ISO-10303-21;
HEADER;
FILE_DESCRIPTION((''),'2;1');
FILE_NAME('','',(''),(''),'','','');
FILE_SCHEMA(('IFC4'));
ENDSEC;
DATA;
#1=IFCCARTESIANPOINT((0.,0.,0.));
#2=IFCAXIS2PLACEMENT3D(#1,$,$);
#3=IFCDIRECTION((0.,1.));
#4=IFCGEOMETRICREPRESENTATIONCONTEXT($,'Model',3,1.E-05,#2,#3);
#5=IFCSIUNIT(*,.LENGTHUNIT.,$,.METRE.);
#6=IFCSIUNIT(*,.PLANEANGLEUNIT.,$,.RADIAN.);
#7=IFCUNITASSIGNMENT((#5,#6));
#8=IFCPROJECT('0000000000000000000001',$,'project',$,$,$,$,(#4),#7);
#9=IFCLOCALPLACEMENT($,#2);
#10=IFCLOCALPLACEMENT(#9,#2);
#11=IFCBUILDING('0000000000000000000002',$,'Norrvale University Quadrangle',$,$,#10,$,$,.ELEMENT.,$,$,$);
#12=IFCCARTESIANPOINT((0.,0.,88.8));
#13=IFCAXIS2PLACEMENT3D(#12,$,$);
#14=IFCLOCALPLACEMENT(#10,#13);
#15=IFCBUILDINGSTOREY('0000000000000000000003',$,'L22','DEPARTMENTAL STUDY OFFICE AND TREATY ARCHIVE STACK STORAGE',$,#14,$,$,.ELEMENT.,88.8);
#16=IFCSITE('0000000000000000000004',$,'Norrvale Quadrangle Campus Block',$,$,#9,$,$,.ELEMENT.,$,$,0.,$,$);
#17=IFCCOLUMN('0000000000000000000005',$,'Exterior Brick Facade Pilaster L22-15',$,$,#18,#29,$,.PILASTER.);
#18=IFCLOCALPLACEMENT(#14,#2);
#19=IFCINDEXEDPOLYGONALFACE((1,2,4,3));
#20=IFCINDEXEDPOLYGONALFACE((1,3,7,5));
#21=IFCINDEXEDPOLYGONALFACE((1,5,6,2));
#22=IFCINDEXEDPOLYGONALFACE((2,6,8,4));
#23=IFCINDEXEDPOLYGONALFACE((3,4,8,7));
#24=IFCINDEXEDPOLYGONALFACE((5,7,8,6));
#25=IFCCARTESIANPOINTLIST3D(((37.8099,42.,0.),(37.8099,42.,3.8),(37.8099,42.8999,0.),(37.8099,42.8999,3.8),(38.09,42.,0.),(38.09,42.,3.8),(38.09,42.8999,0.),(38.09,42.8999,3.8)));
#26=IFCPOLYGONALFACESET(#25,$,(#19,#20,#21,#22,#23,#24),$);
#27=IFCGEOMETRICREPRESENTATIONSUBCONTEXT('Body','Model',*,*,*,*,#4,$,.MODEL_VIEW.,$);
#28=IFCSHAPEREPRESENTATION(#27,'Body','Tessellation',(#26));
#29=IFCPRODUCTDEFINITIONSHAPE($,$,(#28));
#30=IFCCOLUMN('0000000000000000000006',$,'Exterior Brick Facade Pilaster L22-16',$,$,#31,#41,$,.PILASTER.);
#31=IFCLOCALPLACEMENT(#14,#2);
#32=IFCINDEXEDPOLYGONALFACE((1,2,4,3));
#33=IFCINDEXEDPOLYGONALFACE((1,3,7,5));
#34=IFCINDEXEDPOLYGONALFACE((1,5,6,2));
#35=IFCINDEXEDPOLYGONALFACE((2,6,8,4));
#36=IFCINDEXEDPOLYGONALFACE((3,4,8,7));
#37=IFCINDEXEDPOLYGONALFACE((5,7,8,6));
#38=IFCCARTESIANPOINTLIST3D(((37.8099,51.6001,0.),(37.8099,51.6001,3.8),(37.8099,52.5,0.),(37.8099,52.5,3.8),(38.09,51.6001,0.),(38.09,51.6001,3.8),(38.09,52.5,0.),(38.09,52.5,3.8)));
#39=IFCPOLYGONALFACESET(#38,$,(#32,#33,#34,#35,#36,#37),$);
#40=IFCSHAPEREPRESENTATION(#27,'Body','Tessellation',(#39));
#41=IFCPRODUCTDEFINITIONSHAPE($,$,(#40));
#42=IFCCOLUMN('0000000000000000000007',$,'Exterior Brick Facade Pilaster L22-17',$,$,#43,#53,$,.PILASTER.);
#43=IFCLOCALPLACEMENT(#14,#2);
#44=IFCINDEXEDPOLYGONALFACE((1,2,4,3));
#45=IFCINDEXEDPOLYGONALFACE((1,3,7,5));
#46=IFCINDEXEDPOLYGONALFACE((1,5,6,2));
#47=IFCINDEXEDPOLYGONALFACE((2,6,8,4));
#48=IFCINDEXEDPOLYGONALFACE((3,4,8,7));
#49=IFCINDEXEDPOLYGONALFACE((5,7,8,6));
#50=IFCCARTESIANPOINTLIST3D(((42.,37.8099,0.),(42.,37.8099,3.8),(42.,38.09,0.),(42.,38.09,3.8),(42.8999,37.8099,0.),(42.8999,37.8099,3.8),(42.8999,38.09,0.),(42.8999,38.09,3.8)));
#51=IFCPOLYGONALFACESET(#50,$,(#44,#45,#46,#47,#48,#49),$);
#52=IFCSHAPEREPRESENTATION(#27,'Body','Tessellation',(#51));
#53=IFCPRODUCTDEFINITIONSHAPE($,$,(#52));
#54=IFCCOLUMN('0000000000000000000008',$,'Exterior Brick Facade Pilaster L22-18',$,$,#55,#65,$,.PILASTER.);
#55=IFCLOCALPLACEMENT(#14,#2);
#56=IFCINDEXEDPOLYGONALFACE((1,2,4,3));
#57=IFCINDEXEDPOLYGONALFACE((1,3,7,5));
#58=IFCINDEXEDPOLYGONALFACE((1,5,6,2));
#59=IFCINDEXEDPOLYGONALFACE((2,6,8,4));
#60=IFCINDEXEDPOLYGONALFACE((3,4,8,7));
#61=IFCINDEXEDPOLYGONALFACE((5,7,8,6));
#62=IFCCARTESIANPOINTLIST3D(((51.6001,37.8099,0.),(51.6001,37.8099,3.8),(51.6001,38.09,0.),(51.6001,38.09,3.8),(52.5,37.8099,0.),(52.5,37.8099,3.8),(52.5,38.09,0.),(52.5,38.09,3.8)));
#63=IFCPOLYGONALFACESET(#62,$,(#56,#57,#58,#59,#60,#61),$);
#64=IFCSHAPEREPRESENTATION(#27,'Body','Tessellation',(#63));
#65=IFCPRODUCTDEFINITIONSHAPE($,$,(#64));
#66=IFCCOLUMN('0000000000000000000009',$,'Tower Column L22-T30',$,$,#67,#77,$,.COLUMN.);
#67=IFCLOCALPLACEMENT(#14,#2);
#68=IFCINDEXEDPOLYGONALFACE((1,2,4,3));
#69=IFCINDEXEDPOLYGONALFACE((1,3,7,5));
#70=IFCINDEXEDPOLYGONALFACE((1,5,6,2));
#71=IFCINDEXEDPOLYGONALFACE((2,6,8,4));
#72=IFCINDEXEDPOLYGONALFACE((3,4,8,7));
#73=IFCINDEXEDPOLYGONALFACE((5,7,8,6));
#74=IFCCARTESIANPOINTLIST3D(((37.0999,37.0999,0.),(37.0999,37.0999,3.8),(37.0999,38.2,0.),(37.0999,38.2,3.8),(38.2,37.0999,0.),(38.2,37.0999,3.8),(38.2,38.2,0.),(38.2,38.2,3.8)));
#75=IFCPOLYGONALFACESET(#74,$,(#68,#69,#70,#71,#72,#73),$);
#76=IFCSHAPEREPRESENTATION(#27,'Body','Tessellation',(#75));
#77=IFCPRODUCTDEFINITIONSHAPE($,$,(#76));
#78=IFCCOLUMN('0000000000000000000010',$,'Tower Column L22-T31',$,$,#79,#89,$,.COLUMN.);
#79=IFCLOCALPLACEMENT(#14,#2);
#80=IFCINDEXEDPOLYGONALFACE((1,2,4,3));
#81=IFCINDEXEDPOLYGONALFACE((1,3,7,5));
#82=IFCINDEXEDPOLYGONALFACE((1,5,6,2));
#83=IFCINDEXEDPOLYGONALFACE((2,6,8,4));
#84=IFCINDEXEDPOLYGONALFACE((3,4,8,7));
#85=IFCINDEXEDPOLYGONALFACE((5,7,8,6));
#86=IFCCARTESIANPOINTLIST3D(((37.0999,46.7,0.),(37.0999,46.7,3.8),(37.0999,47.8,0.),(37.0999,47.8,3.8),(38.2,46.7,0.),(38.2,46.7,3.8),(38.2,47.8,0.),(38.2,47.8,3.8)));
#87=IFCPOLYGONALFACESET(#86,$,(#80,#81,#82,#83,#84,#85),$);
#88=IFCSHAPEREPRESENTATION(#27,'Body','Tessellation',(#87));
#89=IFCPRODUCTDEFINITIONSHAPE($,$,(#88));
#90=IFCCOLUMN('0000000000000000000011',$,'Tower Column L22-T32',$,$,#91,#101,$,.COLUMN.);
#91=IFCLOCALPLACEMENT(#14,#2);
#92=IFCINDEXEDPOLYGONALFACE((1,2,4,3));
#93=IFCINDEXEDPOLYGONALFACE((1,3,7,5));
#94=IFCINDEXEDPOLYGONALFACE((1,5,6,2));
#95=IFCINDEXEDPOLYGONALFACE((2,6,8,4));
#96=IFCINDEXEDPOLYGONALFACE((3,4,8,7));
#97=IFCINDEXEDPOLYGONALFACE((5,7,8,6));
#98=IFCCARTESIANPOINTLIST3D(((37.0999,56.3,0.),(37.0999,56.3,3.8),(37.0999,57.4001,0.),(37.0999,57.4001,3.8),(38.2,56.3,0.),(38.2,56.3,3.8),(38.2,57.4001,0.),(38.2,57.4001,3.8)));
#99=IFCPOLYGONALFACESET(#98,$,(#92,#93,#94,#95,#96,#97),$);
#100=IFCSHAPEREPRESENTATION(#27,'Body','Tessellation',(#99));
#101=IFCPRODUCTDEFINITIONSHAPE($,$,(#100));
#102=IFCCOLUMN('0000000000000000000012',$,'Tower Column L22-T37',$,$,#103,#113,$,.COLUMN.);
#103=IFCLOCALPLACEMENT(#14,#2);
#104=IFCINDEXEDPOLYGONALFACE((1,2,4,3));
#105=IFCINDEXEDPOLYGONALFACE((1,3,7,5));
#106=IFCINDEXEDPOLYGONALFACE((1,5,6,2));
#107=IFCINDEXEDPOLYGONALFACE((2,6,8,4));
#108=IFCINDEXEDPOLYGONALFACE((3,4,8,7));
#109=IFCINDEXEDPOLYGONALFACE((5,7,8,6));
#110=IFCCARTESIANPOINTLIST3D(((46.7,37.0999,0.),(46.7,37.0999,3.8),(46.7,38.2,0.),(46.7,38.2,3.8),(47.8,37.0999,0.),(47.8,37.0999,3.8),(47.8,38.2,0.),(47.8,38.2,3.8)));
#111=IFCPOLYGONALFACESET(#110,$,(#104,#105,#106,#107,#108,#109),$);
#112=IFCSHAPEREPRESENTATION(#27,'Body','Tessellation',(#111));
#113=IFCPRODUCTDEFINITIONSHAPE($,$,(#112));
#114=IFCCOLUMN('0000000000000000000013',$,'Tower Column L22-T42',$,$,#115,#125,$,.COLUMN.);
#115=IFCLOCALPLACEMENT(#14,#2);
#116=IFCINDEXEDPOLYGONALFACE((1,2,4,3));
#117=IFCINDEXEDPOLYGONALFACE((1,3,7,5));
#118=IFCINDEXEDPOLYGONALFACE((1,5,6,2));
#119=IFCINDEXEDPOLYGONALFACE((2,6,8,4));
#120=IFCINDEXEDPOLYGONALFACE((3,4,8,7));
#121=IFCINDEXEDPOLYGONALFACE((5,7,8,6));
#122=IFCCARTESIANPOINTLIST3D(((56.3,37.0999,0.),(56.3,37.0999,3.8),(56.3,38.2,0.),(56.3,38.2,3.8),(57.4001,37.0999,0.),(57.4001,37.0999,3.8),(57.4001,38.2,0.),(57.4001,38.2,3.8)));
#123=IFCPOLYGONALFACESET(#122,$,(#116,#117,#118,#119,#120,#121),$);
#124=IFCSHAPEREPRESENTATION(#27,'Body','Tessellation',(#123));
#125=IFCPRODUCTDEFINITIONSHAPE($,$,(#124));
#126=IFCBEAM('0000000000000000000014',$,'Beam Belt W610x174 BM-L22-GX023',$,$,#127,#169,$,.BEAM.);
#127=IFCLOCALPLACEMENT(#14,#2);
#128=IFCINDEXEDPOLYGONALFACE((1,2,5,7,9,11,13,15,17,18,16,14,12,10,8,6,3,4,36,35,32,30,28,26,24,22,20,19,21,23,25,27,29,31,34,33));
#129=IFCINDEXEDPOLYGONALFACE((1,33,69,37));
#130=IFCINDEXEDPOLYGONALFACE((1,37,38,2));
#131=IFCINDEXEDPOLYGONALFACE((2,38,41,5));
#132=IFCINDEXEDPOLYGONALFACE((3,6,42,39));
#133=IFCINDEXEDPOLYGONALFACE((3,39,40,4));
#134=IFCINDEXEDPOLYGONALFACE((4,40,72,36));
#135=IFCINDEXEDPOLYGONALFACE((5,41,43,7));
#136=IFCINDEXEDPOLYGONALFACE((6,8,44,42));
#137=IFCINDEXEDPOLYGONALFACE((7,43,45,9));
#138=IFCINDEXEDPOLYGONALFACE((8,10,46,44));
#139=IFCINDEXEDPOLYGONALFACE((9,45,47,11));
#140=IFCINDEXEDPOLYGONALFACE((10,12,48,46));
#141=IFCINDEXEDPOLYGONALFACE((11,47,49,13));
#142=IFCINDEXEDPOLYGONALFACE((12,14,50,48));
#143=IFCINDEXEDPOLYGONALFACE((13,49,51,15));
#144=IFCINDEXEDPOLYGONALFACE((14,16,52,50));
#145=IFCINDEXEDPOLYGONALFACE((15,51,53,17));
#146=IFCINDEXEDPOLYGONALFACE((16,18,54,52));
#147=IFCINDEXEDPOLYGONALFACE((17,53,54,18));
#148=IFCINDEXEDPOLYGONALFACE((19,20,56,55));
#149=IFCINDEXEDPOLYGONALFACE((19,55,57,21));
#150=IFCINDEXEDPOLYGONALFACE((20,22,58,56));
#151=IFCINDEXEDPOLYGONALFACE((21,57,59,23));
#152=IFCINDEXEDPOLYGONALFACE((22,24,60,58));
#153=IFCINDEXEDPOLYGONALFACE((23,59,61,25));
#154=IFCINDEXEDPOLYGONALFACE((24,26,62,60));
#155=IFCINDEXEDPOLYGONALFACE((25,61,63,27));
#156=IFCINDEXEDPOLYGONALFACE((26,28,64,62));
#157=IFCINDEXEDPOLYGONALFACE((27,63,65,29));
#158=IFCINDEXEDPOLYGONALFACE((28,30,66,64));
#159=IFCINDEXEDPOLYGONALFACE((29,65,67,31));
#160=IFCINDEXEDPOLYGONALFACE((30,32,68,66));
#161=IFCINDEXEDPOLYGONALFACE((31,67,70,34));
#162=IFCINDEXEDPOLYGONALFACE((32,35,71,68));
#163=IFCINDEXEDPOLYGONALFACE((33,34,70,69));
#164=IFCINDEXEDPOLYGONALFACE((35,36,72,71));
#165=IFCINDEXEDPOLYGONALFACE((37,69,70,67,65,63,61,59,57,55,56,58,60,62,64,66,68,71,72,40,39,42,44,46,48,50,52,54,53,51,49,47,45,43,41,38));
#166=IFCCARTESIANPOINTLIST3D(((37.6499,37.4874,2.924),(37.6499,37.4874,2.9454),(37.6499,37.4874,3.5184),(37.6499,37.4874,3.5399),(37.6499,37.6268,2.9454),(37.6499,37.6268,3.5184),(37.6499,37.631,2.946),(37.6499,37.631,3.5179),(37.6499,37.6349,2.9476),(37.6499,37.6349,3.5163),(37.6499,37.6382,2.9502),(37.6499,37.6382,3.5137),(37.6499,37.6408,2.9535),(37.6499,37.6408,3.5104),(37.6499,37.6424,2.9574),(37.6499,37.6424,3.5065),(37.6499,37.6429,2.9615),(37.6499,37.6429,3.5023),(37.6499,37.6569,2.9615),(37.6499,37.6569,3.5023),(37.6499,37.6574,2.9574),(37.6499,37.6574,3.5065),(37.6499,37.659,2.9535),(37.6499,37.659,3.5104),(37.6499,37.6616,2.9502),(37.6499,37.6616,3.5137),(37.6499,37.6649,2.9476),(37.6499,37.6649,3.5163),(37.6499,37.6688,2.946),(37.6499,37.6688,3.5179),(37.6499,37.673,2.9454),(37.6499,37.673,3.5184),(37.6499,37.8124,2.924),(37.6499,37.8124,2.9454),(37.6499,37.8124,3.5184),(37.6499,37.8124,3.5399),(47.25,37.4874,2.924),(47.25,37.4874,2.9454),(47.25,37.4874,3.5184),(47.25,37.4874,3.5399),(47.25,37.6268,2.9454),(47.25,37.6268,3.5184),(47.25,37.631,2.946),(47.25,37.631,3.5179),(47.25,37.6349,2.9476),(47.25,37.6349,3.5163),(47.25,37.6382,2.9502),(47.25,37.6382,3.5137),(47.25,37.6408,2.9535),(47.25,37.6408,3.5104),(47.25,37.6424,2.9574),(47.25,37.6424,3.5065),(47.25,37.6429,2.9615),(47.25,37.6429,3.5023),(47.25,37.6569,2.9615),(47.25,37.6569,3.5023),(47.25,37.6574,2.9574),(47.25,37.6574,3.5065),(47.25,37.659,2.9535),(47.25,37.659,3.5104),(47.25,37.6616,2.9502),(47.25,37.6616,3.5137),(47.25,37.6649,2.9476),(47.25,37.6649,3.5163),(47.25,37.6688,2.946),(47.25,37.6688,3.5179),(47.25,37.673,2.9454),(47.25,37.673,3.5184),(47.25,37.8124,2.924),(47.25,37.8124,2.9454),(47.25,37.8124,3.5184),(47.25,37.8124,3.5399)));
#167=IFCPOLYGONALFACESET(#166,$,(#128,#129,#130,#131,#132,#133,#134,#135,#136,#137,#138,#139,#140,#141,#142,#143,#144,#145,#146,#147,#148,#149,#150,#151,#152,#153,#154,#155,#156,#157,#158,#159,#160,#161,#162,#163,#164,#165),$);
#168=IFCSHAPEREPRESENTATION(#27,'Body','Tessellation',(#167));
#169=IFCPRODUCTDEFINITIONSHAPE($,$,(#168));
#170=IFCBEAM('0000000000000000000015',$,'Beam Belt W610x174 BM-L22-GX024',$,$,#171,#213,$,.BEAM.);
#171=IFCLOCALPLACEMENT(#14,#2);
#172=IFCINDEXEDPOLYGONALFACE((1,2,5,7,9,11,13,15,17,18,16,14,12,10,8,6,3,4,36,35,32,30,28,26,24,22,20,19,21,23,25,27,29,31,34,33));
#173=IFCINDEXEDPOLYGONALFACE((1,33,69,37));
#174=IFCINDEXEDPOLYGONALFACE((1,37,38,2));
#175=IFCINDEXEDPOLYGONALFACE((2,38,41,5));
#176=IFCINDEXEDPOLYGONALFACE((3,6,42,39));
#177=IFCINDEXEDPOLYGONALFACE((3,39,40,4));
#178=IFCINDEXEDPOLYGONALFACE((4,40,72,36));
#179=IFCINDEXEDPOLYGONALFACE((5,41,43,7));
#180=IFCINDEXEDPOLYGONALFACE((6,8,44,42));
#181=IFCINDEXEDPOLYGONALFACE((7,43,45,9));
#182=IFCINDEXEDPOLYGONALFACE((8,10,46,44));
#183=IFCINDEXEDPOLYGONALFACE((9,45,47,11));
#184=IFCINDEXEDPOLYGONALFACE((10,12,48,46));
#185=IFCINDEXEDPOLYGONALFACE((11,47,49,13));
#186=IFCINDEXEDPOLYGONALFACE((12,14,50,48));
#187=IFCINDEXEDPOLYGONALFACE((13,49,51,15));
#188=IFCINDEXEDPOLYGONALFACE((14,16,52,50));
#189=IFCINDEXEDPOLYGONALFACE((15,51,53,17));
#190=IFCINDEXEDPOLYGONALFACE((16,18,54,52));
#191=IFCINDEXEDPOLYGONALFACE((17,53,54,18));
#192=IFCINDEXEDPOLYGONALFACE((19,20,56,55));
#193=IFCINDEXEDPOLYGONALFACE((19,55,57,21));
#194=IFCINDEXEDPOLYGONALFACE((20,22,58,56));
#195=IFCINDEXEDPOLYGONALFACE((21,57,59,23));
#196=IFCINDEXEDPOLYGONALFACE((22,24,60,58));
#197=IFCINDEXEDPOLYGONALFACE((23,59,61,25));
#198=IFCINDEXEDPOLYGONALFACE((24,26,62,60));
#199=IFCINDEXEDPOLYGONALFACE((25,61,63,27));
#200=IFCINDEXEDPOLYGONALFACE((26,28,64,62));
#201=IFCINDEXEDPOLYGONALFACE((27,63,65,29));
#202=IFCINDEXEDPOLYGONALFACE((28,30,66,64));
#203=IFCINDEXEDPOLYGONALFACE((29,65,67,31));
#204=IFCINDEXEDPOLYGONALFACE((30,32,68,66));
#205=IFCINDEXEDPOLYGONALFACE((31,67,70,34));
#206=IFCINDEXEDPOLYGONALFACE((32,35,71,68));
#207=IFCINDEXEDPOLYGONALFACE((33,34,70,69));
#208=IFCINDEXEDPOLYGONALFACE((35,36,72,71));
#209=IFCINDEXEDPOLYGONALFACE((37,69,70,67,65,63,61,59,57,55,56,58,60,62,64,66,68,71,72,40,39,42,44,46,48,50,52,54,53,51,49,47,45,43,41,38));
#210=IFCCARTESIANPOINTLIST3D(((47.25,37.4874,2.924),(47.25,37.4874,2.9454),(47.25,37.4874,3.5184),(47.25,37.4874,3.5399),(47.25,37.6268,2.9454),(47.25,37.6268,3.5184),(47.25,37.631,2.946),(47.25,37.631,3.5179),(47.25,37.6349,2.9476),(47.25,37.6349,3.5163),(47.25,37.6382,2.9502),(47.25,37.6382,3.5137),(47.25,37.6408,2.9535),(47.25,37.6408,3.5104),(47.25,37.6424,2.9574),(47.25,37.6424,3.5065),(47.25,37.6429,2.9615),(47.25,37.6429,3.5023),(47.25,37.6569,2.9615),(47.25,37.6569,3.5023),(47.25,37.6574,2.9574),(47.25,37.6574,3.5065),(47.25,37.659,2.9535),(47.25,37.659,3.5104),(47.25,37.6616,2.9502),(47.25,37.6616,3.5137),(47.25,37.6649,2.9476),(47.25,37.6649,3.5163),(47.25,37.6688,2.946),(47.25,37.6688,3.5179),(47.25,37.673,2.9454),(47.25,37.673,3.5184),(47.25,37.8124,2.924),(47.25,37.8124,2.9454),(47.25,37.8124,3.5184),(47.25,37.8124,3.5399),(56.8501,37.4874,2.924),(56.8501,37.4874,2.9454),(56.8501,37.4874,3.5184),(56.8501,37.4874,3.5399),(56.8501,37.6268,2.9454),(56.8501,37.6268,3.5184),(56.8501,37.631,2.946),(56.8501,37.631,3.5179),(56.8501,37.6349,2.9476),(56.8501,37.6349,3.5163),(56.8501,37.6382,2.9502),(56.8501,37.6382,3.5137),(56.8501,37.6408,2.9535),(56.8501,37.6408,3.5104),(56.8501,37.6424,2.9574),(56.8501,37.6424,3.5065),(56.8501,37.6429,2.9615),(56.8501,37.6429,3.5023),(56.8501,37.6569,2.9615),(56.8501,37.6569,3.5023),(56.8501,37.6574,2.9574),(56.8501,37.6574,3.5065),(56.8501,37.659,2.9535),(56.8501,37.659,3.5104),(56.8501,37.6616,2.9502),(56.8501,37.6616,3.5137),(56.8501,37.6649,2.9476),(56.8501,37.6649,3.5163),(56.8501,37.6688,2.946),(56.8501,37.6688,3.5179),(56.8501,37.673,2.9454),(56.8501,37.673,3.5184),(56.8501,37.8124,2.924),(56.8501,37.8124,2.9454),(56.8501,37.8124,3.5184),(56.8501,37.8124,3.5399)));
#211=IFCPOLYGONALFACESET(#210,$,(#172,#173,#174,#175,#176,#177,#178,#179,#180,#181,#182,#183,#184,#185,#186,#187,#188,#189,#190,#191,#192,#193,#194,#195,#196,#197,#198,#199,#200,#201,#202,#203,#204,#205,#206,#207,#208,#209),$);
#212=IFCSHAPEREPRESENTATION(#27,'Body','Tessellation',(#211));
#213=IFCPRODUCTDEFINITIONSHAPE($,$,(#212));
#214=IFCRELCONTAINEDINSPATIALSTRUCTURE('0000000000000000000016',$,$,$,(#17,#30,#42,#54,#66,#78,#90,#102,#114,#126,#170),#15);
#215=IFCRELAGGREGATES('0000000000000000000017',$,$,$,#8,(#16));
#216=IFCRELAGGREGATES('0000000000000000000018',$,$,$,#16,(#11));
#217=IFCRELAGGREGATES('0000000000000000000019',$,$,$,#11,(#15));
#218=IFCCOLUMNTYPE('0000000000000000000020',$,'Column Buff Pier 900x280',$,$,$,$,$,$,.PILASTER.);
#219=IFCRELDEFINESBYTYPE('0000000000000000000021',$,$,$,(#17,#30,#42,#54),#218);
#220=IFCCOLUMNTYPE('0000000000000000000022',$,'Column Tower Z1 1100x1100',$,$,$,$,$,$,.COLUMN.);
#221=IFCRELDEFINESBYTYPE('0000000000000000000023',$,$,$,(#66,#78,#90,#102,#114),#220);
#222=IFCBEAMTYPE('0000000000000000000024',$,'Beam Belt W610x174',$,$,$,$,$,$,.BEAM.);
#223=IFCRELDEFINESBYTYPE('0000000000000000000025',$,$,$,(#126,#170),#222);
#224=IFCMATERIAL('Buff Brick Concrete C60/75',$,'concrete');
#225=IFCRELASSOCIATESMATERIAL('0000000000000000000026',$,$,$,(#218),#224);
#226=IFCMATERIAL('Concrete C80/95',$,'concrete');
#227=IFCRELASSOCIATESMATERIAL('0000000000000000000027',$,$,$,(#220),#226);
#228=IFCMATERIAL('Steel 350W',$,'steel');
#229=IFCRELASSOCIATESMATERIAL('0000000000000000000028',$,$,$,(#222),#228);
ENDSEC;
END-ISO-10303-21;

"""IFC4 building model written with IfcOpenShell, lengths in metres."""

from ifc_helpers import new_model, si_unit, direction, frame, origin, origin_2d, place, context, subcontext, project, spatial, rectangle, i_section, extrude, material, material_profile, profile_set, type_object, element, save


model = new_model("IFC4")

# Units and contexts
model_context = context("Model", 3, precision=1e-05, world=origin(), true_north=direction((0.0, 1.0)))
body_context = subcontext(model_context, "Body", "Model", "MODEL_VIEW")
ifc_project = project(units=[si_unit("LENGTHUNIT", "METRE"), si_unit("PLANEANGLEUNIT", "RADIAN")], contexts=[model_context])

# Site, building, storey
site_placement = place(None, origin())
site = spatial("IfcSite", under=ifc_project, at=site_placement, Name="Norrvale Quadrangle Campus Block", CompositionType="ELEMENT", RefElevation=0.0)
building_placement = place(site_placement, origin())
building = spatial("IfcBuilding", under=site, at=building_placement, Name="Norrvale University Quadrangle", CompositionType="ELEMENT")
storey_placement = place(building_placement, frame((0.0, 0.0, 88.8)))
storey = spatial("IfcBuildingStorey", under=building, at=storey_placement, Name="L22", Description="DEPARTMENTAL STUDY OFFICE AND TREATY ARCHIVE STACK STORAGE", CompositionType="ELEMENT", Elevation=88.8)

# Columns
ifc_material_1 = material(Name="Buff Brick Concrete C60/75", Category="concrete")
ifc_material_profile_1 = material_profile(ifc_material_1, rectangle(XDim=0.8999, YDim=0.28, at=origin_2d()), Name="Buff Brick Concrete C60/75")
ifc_profile_set_1 = profile_set([ifc_material_profile_1], Name="Buff Brick Concrete C60/75")
column_type_1 = type_object("IfcColumnType", Name="Column Buff Pier 900x280", PredefinedType="PILASTER", material=ifc_profile_set_1)
for number, where, z_axis, x_axis, name in (
    (1, (37.95, 42.45, 0.0), (0.0, 0.0, 1.0), (0.0, 1.0, 0.0), "Exterior Brick Facade Pilaster L22-15"),
    (2, (37.95, 52.05, 0.0), (0.0, 0.0, 1.0), (0.0, 1.0, 0.0), "Exterior Brick Facade Pilaster L22-16"),
    (3, (42.45, 37.95, 0.0), (0.0, 0.0, 1.0), (1.0, 0.0, 0.0), "Exterior Brick Facade Pilaster L22-17"),
    (4, (52.05, 37.95, 0.0), (0.0, 0.0, 1.0), (1.0, 0.0, 0.0), "Exterior Brick Facade Pilaster L22-18"),
):
    element("IfcColumn", number, at=place(storey_placement, frame(where, z_axis=z_axis, x_axis=x_axis)), inside=storey, type_object=column_type_1, Name=name, PredefinedType="PILASTER", context=body_context, shape_type="SweptSolid", body=[
        extrude(rectangle(XDim=0.8999, YDim=0.28, at=origin_2d()), origin(), (0.0, 0.0, 1.0), 3.8),
    ])
ifc_material_2 = material(Name="Concrete C80/95", Category="concrete")
ifc_material_profile_2 = material_profile(ifc_material_2, rectangle(XDim=1.1001, YDim=1.1001, at=origin_2d()), Name="Concrete C80/95")
ifc_profile_set_2 = profile_set([ifc_material_profile_2], Name="Concrete C80/95")
column_type_2 = type_object("IfcColumnType", Name="Column Tower Z1 1100x1100", PredefinedType="COLUMN", material=ifc_profile_set_2)
for number, where, z_axis, x_axis, name in (
    (5, (37.6499, 37.6499, 0.0), (0.0, 0.0, 1.0), (1.0, 0.0, 0.0), "Tower Column L22-T30"),
    (6, (37.6499, 47.25, 0.0), (0.0, 0.0, 1.0), (1.0, 0.0, 0.0), "Tower Column L22-T31"),
    (7, (37.6499, 56.8501, 0.0), (0.0, 0.0, 1.0), (1.0, 0.0, 0.0), "Tower Column L22-T32"),
    (8, (47.25, 37.6499, 0.0), (0.0, 0.0, 1.0), (1.0, 0.0, 0.0), "Tower Column L22-T37"),
    (9, (56.8501, 37.6499, 0.0), (0.0, 0.0, 1.0), (1.0, 0.0, 0.0), "Tower Column L22-T42"),
):
    element("IfcColumn", number, at=place(storey_placement, frame(where, z_axis=z_axis, x_axis=x_axis)), inside=storey, type_object=column_type_2, Name=name, PredefinedType="COLUMN", context=body_context, shape_type="SweptSolid", body=[
        extrude(rectangle(XDim=1.1001, YDim=1.1001, at=origin_2d()), origin(), (0.0, 0.0, 1.0), 3.8),
    ])

# Beams
ifc_material_3 = material(Name="Steel 350W", Category="steel")
ifc_material_profile_3 = material_profile(ifc_material_3, i_section(OverallWidth=0.325, OverallDepth=0.616, WebThickness=0.0139, FlangeThickness=0.0215, FilletRadius=0.0161, at=origin_2d()), Name="Steel 350W")
ifc_profile_set_3 = profile_set([ifc_material_profile_3], Name="Steel 350W")
beam_type_1 = type_object("IfcBeamType", Name="Beam Belt W610x174", PredefinedType="BEAM", material=ifc_profile_set_3)
for number, where, z_axis, x_axis, name in (
    (10, (37.6499, 37.6499, 3.2319), (1.0, 0.0, 0.0), (0.0, 1.0, 0.0), "Beam Belt W610x174 BM-L22-GX023"),
    (11, (47.25, 37.6499, 3.2319), (1.0, 0.0, 0.0), (0.0, 1.0, 0.0), "Beam Belt W610x174 BM-L22-GX024"),
):
    element("IfcBeam", number, at=place(storey_placement, frame(where, z_axis=z_axis, x_axis=x_axis)), inside=storey, type_object=beam_type_1, Name=name, PredefinedType="BEAM", context=body_context, shape_type="SweptSolid", body=[
        extrude(i_section(OverallWidth=0.325, OverallDepth=0.616, WebThickness=0.0139, FlangeThickness=0.0215, FilletRadius=0.0161, at=origin_2d()), origin(), (0.0, 0.0, 1.0), 9.6001),
    ])

save(model, "model.ifc")
